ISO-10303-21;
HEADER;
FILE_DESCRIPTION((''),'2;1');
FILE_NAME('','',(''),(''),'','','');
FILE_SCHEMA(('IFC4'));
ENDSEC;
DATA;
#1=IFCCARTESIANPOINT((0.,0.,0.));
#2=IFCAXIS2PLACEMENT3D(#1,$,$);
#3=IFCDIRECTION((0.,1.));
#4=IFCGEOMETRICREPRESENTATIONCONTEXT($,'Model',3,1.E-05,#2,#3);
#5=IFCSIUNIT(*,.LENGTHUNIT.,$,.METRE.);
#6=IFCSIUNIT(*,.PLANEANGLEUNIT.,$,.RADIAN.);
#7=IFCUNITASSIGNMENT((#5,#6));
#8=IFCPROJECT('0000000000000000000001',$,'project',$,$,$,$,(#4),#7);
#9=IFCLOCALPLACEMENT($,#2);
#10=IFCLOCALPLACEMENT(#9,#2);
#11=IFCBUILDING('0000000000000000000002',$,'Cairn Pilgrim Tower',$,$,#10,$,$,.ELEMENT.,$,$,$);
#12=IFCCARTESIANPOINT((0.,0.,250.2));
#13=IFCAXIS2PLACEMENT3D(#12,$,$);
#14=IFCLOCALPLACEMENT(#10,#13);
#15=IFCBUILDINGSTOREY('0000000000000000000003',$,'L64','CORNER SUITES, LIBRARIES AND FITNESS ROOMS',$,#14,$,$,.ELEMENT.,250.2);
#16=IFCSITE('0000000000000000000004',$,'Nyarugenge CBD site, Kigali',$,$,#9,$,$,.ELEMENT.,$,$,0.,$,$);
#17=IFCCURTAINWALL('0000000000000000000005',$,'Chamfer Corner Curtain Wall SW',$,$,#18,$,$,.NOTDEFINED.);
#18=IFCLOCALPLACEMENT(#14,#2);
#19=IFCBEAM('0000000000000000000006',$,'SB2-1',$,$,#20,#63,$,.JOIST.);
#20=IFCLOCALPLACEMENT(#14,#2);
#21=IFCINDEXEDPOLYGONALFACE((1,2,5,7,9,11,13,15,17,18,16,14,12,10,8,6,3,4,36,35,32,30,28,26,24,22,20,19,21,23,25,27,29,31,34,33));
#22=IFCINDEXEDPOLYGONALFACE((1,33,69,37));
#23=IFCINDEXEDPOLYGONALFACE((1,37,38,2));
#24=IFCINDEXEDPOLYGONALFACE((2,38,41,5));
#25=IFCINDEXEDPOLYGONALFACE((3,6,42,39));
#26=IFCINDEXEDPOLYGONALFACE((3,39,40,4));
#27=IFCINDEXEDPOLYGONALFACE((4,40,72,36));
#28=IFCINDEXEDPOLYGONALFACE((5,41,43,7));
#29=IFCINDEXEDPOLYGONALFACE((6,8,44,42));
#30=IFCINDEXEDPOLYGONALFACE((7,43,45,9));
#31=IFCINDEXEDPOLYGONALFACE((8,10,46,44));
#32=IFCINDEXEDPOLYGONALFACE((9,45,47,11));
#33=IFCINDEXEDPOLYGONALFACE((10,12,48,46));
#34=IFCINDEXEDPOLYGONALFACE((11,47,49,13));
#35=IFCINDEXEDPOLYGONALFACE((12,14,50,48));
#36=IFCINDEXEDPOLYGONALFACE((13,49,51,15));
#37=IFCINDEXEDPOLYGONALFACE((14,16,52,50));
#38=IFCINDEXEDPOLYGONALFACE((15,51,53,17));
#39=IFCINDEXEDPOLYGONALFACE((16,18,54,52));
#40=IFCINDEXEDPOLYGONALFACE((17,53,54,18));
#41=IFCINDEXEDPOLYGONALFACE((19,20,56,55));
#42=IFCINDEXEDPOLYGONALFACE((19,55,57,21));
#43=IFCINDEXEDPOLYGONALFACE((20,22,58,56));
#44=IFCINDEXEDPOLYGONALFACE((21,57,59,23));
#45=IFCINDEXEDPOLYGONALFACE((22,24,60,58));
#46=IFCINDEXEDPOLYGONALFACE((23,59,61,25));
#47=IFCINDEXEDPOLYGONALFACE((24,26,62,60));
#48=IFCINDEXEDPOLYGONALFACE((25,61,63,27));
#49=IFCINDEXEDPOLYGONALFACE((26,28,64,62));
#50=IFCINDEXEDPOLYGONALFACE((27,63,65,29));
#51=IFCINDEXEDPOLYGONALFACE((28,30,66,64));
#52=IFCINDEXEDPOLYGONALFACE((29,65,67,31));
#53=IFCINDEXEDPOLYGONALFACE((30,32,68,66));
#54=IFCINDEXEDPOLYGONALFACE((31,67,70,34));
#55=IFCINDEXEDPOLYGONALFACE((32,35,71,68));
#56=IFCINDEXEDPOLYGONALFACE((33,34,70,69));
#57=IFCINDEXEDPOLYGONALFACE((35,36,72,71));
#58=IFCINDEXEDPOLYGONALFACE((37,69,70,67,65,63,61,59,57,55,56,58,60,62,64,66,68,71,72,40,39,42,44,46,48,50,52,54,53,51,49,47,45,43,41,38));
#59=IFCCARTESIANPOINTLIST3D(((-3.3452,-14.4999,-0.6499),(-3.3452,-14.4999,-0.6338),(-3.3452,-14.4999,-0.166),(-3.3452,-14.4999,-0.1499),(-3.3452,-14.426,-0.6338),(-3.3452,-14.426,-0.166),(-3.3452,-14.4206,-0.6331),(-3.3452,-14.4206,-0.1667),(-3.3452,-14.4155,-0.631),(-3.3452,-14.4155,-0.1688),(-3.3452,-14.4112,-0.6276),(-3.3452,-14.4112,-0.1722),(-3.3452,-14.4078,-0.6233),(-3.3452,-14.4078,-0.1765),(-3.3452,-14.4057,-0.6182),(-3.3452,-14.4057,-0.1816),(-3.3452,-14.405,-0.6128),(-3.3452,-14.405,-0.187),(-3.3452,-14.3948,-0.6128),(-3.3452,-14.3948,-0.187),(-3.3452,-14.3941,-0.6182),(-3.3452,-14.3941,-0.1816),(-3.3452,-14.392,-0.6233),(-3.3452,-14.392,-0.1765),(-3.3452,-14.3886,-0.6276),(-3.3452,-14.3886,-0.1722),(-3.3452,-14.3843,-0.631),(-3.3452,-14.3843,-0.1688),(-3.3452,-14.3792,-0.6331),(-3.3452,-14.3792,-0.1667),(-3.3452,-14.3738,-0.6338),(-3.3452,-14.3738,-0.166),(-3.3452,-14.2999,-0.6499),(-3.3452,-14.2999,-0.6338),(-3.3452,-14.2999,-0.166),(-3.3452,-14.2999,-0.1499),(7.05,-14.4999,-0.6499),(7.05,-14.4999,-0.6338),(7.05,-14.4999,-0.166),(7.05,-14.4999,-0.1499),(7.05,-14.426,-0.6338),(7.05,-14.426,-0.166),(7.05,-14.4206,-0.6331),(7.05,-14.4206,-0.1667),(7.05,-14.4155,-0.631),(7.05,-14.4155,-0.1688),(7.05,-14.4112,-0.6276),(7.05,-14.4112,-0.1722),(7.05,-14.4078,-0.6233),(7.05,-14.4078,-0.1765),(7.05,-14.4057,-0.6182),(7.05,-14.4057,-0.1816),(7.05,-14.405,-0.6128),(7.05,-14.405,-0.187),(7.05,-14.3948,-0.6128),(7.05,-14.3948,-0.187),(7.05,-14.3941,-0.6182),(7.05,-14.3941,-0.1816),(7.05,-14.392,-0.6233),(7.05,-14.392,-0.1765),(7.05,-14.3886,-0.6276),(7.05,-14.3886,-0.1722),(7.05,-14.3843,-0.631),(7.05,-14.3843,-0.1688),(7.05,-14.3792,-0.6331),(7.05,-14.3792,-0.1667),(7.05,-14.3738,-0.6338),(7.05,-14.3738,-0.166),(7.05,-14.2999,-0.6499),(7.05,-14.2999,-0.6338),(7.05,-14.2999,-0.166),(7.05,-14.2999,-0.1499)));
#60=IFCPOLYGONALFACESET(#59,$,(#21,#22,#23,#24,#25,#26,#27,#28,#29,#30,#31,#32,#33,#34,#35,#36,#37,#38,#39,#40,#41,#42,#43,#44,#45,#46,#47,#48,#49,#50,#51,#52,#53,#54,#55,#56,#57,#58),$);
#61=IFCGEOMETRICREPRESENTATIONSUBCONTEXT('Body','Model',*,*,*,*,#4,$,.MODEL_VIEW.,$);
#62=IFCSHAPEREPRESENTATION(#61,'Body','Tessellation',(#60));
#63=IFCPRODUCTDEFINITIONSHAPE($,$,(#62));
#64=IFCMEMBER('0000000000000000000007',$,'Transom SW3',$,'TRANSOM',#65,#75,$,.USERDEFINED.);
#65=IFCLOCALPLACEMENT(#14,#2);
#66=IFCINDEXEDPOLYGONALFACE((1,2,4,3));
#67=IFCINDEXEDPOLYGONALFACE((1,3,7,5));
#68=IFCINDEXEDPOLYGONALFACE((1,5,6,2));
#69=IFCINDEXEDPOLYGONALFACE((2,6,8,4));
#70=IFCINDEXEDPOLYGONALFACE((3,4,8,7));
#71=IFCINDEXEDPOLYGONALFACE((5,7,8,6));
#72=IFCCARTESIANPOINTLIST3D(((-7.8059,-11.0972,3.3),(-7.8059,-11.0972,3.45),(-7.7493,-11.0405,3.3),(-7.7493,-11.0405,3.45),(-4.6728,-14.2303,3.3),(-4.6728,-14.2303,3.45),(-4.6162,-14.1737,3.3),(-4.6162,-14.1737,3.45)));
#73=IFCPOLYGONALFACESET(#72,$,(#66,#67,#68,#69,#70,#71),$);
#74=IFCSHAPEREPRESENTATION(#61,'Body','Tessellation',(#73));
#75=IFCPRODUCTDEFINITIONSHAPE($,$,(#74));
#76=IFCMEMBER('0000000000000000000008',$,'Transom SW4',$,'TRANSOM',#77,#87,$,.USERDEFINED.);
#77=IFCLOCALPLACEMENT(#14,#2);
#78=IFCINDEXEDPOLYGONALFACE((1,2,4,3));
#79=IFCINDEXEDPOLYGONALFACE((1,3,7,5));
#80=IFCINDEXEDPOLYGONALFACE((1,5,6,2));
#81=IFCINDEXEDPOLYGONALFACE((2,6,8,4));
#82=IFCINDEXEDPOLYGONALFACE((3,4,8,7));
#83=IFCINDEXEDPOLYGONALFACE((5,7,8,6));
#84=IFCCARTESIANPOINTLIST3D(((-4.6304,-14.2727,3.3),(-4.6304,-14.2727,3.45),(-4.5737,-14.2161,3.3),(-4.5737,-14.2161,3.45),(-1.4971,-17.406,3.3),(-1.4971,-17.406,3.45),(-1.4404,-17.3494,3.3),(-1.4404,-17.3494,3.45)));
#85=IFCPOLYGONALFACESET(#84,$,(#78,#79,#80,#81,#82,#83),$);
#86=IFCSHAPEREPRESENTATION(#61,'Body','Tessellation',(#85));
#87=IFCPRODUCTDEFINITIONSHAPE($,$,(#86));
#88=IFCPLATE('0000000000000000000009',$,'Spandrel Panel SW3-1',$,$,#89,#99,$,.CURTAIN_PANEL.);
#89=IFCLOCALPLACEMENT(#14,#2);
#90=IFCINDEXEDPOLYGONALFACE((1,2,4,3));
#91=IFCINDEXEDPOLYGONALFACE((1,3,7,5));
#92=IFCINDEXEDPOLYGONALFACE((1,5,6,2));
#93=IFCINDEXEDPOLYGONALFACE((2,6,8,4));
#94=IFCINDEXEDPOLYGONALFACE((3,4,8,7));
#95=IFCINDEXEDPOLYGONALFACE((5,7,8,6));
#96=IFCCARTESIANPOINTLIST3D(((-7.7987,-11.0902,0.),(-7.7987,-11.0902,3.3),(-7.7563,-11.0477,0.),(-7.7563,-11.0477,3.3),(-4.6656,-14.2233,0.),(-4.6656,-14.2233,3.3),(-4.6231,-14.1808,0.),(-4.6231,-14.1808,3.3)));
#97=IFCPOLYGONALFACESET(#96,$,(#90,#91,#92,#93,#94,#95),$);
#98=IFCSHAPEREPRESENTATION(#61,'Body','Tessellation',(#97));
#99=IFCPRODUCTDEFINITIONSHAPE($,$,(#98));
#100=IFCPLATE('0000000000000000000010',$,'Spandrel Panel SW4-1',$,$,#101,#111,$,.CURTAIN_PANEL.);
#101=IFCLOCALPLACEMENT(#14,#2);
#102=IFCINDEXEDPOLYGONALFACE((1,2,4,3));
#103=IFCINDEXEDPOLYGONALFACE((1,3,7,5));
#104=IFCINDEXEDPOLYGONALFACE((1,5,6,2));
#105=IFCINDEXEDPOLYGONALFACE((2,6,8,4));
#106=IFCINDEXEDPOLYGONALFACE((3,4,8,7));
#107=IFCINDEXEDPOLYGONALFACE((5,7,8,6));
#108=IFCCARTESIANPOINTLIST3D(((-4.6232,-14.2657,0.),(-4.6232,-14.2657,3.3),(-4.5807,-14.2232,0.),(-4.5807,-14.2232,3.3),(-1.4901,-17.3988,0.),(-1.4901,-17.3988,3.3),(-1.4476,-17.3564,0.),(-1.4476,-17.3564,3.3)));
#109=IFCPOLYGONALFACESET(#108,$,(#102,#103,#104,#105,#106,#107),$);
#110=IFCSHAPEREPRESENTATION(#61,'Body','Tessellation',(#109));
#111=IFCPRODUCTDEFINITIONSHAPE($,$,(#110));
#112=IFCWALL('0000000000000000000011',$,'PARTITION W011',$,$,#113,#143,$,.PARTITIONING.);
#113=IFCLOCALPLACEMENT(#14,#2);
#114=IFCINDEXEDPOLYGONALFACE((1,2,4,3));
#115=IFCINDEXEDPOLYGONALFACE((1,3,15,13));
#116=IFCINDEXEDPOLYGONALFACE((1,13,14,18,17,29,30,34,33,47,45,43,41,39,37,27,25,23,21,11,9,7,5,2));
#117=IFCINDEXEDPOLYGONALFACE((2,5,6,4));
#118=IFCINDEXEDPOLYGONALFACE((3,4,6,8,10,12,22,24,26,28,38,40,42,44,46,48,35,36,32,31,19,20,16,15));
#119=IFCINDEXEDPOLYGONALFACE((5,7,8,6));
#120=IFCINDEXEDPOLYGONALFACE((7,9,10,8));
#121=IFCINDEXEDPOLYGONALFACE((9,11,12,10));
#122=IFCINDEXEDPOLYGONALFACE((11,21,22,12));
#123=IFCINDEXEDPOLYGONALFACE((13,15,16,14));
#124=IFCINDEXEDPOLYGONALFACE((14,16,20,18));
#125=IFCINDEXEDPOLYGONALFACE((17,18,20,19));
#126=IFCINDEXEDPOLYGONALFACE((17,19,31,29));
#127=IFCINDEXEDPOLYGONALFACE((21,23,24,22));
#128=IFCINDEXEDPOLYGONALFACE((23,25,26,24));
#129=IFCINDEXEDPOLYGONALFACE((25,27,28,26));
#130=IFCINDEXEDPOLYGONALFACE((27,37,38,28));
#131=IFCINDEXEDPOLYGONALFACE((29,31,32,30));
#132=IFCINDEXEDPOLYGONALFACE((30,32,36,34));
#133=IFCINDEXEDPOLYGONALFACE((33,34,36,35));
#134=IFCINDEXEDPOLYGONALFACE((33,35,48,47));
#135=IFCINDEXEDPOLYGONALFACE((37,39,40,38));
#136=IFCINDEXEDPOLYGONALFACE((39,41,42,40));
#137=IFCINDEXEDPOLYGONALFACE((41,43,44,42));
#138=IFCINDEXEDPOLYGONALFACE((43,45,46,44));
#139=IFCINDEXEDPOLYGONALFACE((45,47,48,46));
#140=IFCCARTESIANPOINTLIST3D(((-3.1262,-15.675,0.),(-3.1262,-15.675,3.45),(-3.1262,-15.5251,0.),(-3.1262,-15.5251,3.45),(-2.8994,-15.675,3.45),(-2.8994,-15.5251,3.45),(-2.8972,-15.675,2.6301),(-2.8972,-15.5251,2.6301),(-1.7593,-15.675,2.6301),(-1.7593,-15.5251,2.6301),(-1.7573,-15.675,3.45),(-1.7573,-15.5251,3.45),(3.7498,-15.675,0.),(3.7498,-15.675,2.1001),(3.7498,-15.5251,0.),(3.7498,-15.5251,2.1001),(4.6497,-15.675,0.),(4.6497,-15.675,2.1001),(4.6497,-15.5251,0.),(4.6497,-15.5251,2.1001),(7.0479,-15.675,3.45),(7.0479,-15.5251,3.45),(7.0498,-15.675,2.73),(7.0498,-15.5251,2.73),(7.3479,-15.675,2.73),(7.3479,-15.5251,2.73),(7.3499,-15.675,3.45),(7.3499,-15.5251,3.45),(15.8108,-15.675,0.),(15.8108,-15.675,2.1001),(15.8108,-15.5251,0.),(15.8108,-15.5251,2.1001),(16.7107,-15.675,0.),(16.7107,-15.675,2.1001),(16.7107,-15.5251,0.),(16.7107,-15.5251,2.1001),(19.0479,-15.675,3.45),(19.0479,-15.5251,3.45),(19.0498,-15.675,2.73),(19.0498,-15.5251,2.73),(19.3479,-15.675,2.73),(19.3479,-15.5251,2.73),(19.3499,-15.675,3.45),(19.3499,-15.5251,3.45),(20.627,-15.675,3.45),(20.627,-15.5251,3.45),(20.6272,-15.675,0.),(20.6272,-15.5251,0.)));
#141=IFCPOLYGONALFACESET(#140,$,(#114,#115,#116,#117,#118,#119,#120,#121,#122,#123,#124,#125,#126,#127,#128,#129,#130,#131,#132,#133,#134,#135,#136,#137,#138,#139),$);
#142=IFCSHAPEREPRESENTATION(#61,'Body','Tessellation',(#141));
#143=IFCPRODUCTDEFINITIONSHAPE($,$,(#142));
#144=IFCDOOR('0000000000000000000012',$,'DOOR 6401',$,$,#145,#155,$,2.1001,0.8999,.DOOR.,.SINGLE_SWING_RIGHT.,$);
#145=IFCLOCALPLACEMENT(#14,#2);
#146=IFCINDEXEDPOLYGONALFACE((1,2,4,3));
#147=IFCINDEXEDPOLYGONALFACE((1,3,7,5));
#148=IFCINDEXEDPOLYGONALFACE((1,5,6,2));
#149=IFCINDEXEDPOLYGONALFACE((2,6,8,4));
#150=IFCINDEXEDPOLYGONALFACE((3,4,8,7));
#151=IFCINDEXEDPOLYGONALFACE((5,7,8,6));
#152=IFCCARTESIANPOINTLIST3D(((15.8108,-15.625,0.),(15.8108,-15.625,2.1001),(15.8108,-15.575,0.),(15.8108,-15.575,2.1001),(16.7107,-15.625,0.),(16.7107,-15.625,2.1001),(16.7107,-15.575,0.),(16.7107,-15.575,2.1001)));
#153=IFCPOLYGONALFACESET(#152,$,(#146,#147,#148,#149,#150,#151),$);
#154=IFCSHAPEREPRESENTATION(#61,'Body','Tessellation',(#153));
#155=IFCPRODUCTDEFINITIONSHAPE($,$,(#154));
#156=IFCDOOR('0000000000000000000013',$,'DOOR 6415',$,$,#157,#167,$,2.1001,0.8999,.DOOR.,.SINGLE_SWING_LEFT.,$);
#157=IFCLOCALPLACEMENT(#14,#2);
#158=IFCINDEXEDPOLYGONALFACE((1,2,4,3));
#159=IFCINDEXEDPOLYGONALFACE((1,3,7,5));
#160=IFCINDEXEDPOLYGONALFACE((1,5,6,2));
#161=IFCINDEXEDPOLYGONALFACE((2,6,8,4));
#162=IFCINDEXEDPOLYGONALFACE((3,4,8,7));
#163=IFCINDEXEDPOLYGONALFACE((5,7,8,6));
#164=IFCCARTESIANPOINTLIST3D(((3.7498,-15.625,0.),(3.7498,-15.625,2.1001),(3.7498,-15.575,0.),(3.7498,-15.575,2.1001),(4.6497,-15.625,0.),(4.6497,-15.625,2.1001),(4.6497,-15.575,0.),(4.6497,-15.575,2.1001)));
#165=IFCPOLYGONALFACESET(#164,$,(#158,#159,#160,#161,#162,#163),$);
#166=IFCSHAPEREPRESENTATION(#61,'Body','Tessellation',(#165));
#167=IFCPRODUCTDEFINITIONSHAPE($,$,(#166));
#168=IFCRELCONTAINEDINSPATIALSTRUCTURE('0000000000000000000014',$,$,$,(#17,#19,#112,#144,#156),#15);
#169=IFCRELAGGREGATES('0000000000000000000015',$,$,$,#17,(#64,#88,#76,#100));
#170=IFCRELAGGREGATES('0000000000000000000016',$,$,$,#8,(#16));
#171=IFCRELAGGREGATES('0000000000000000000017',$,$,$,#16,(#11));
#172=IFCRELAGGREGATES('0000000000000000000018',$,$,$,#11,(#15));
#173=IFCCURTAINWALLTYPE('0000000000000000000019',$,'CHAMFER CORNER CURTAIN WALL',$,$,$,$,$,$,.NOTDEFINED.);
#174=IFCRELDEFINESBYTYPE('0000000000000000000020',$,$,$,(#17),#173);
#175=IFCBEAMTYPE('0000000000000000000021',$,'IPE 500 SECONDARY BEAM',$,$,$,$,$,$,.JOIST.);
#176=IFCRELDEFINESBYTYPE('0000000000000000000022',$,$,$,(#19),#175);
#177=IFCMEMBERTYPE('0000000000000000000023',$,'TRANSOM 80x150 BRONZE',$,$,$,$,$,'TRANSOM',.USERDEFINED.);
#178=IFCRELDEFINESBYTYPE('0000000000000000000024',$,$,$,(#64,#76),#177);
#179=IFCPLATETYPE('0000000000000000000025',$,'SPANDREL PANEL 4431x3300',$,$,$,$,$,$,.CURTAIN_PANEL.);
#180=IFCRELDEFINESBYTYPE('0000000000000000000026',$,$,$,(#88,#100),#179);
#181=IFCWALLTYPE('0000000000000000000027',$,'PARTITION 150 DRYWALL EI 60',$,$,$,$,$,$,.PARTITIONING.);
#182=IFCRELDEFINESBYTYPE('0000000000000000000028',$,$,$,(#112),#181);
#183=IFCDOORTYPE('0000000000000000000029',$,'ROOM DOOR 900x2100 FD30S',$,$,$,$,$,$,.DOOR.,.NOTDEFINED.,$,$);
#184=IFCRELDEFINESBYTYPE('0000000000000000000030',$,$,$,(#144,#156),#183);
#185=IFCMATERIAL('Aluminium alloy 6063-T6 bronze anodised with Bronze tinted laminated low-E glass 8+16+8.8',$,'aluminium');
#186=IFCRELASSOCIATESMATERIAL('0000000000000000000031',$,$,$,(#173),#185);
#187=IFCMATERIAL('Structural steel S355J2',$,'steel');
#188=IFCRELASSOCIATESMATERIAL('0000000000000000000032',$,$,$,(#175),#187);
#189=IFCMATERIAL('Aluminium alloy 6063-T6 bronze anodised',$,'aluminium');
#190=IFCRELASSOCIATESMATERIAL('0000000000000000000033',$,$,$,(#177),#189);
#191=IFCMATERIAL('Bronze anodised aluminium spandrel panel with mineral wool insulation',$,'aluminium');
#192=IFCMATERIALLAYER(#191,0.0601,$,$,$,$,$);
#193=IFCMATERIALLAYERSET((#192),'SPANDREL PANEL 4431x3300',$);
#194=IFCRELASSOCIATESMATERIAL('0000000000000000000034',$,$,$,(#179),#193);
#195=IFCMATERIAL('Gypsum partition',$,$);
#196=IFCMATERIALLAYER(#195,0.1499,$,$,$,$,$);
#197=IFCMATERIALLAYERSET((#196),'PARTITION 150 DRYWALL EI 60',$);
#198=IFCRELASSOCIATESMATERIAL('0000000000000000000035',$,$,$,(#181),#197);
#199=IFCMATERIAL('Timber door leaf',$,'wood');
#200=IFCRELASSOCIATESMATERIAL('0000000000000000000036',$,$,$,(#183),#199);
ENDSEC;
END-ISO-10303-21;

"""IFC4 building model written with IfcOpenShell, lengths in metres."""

from ifc_helpers import new_model, si_unit, direction, frame, frame_2d, origin, origin_2d, place, context, subcontext, project, spatial, polyline, rectangle, i_section, outline, extrude, material, layer, layer_set, material_profile, profile_set, type_object, element, fill, aggregate, save


model = new_model("IFC4")

# Units and contexts
model_context = context("Model", 3, precision=1e-05, world=origin(), true_north=direction((0.0, 1.0)))
body_context = subcontext(model_context, "Body", "Model", "MODEL_VIEW")
ifc_project = project(units=[si_unit("LENGTHUNIT", "METRE"), si_unit("PLANEANGLEUNIT", "RADIAN")], contexts=[model_context])

# Site, building, storey
site_placement = place(None, origin())
site = spatial("IfcSite", under=ifc_project, at=site_placement, Name="Nyarugenge CBD site, Kigali", CompositionType="ELEMENT", RefElevation=0.0)
building_placement = place(site_placement, origin())
building = spatial("IfcBuilding", under=site, at=building_placement, Name="Cairn Pilgrim Tower", CompositionType="ELEMENT")
storey_placement = place(building_placement, frame((0.0, 0.0, 250.2)))
storey = spatial("IfcBuildingStorey", under=building, at=storey_placement, Name="L64", Description="CORNER SUITES, LIBRARIES AND FITNESS ROOMS", CompositionType="ELEMENT", Elevation=250.2)

# Shared definitions
ifc_material_1 = material(Name="Structural steel S355J2", Category="steel")

# Curtain wall
ifc_material_2 = material(Name="Aluminium alloy 6063-T6 bronze anodised with Bronze tinted laminated low-E glass 8+16+8.8", Category="aluminium")
curtain_wall_type = type_object("IfcCurtainWallType", Name="CHAMFER CORNER CURTAIN WALL", PredefinedType="NOTDEFINED", material=ifc_material_2)
curtain_wall_placement = place(storey_placement, origin())
curtain_wall = element("IfcCurtainWall", 1, at=curtain_wall_placement, inside=storey, type_object=curtain_wall_type, Name="Chamfer Corner Curtain Wall SW", PredefinedType="NOTDEFINED")
ifc_material_3 = material(Name="Aluminium alloy 6063-T6 bronze anodised", Category="aluminium")

# Beam
ifc_material_profile_1 = material_profile(ifc_material_1, i_section(OverallWidth=0.2, OverallDepth=0.5, WebThickness=0.0103, FlangeThickness=0.0161, FilletRadius=0.021, at=origin_2d()), Name="IPE 500")
ifc_profile_set_1 = profile_set([ifc_material_profile_1], Name="Structural steel S355J2")
beam_type_1 = type_object("IfcBeamType", Name="IPE 500 SECONDARY BEAM", PredefinedType="JOIST", material=ifc_profile_set_1)
beam_1_placement = place(storey_placement, frame((-3.3452, -14.3999, -0.3999), z_axis=(1.0, 0.0, 0.0), x_axis=(0.0, 1.0, 0.0)))
element("IfcBeam", 2, at=beam_1_placement, inside=storey, type_object=beam_type_1, Name="SB2-1", PredefinedType="JOIST", context=body_context, shape_type="SweptSolid", body=[
    extrude(i_section(OverallWidth=0.2, OverallDepth=0.5, WebThickness=0.0103, FlangeThickness=0.0161, FilletRadius=0.021, at=origin_2d()), origin(), (0.0, 0.0, 1.0), 10.3953),
])

# Members
ifc_material_profile_2 = material_profile(ifc_material_3, rectangle(XDim=0.0801, YDim=0.1499, at=origin_2d()), Name="TRANSOM 80x150 BRONZE")
ifc_profile_set_2 = profile_set([ifc_material_profile_2], Name="Aluminium alloy 6063-T6 bronze anodised")
member_type_1 = type_object("IfcMemberType", Name="TRANSOM 80x150 BRONZE", ElementType="TRANSOM", PredefinedType="USERDEFINED", material=ifc_profile_set_2)
member_1_placement = place(storey_placement, frame((-7.7776, -11.0688, 3.375), z_axis=(0.707107, -0.707107, 0.0), x_axis=(0.707107, 0.707107, 0.0)))
member_1 = element("IfcMember", 3, at=member_1_placement, type_object=member_type_1, Name="Transom SW3", ObjectType="TRANSOM", PredefinedType="USERDEFINED", context=body_context, shape_type="SweptSolid", body=[
    extrude(rectangle(XDim=0.0801, YDim=0.1499, at=origin_2d()), origin(), (0.0, 0.0, 1.0), 4.4309),
])
member_2_placement = place(storey_placement, frame((-4.6021, -14.2444, 3.375), z_axis=(0.707107, -0.707107, 0.0), x_axis=(0.707107, 0.707107, 0.0)))
member_2 = element("IfcMember", 4, at=member_2_placement, type_object=member_type_1, Name="Transom SW4", ObjectType="TRANSOM", PredefinedType="USERDEFINED", context=body_context, shape_type="SweptSolid", body=[
    extrude(rectangle(XDim=0.0801, YDim=0.1499, at=origin_2d()), origin(), (0.0, 0.0, 1.0), 4.4312),
])

# Plates
ifc_material_4 = material(Name="Bronze anodised aluminium spandrel panel with mineral wool insulation", Category="aluminium")
ifc_layer_1 = layer(ifc_material_4, 0.0601)
ifc_layer_set_1 = layer_set([ifc_layer_1], Name="SPANDREL PANEL 4431x3300")
plate_type = type_object("IfcPlateType", Name="SPANDREL PANEL 4431x3300", PredefinedType="CURTAIN_PANEL", material=ifc_layer_set_1)
plate_1_placement = place(storey_placement, frame((-6.2109, -12.6355, 0.0), z_axis=(0.0, 0.0, 1.0), x_axis=(0.707107, -0.707107, 0.0)))
plate_1 = element("IfcPlate", 5, at=plate_1_placement, type_object=plate_type, Name="Spandrel Panel SW3-1", PredefinedType="CURTAIN_PANEL", context=body_context, shape_type="SweptSolid", body=[
    extrude(rectangle(XDim=4.4309, YDim=0.0601, at=origin_2d()), origin(), (0.0, 0.0, 1.0), 3.3),
])
plate_2_placement = place(storey_placement, frame((-3.0354, -15.811, 0.0), z_axis=(0.0, 0.0, 1.0), x_axis=(0.707107, -0.707107, 0.0)))
plate_2 = element("IfcPlate", 6, at=plate_2_placement, type_object=plate_type, Name="Spandrel Panel SW4-1", PredefinedType="CURTAIN_PANEL", context=body_context, shape_type="SweptSolid", body=[
    extrude(rectangle(XDim=4.4309, YDim=0.0601, at=origin_2d()), origin(), (0.0, 0.0, 1.0), 3.3),
])
aggregate(curtain_wall, [member_1, plate_1, member_2, plate_2])

# Wall, openings, doors
ifc_material_5 = material(Name="Gypsum partition")
ifc_layer_2 = layer(ifc_material_5, 0.1499)
ifc_layer_set_2 = layer_set([ifc_layer_2], Name="PARTITION 150 DRYWALL EI 60")
wall_type_1 = type_object("IfcWallType", Name="PARTITION 150 DRYWALL EI 60", PredefinedType="PARTITIONING", material=ifc_layer_set_2)
wall_1_placement = place(storey_placement, frame((-3.1262, -15.6001, 0.0), z_axis=(0.0, 0.0, 1.0), x_axis=(1.0, 0.0, 0.0)))
wall_1 = element("IfcWall", 7, at=wall_1_placement, inside=storey, type_object=wall_type_1, Name="PARTITION W011", PredefinedType="PARTITIONING", context=body_context, shape_type="SweptSolid", body=[
    extrude(outline(polyline([(0.0, 0.0), (23.7534, 0.0), (23.7532, 3.45), (22.4761, 3.45), (22.4741, 2.73), (22.176, 2.73), (22.1741, 3.45), (10.4761, 3.45), (10.4741, 2.73), (10.176, 2.73), (10.1741, 3.45), (1.3689, 3.45), (1.3669, 2.6301), (0.229, 2.6301), (0.2268, 3.45), (0.0, 3.45), (0.0, 0.0)])), frame((0.0, 0.075, 0.0), z_axis=(0.0, -1.0, 0.0), x_axis=(1.0, 0.0, 0.0)), (0.0, 0.0, 1.0), 0.1499),
])
opening_1_placement = place(wall_1_placement, frame((18.937, 0.0, 0.0)))
opening_1 = element("IfcOpeningElement", 8, at=opening_1_placement, cuts=wall_1, PredefinedType="OPENING", context=body_context, shape_type="SweptSolid", body=[
    extrude(rectangle(XDim=0.8999, YDim=2.1001, at=frame_2d((0.45, 1.05))), frame((0.0, 0.085, 0.0), z_axis=(0.0, -1.0, 0.0), x_axis=(1.0, 0.0, 0.0)), (0.0, 0.0, 1.0), 0.1699),
])
opening_2_placement = place(wall_1_placement, frame((6.876, 0.0, 0.0)))
opening_2 = element("IfcOpeningElement", 9, at=opening_2_placement, cuts=wall_1, PredefinedType="OPENING", context=body_context, shape_type="SweptSolid", body=[
    extrude(rectangle(XDim=0.8999, YDim=2.1001, at=frame_2d((0.45, 1.05))), frame((0.0, 0.085, 0.0), z_axis=(0.0, -1.0, 0.0), x_axis=(1.0, 0.0, 0.0)), (0.0, 0.0, 1.0), 0.1699),
])
ifc_material_6 = material(Name="Timber door leaf", Category="wood")
door_type_1 = type_object("IfcDoorType", Name="ROOM DOOR 900x2100 FD30S", OperationType="NOTDEFINED", PredefinedType="DOOR", material=ifc_material_6)
door_1_placement = place(opening_1_placement, frame((0.8999, 0.0, 0.0), z_axis=(0.0, 0.0, 1.0), x_axis=(-1.0, 0.0, 0.0)))
door_1 = element("IfcDoor", 10, at=door_1_placement, inside=storey, type_object=door_type_1, Name="DOOR 6401", OperationType="SINGLE_SWING_RIGHT", OverallHeight=2.1001, OverallWidth=0.8999, PredefinedType="DOOR", context=body_context, shape_type="SweptSolid", body=[
    extrude(rectangle(XDim=0.8999, YDim=2.1001, at=frame_2d((0.45, 1.05))), frame((0.0, 0.0249, 0.0), z_axis=(0.0, -1.0, 0.0), x_axis=(1.0, 0.0, 0.0)), (0.0, 0.0, 1.0), 0.05),
])
fill(opening_1, door_1)
door_2_placement = place(opening_2_placement, frame((0.8999, 0.0, 0.0), z_axis=(0.0, 0.0, 1.0), x_axis=(-1.0, 0.0, 0.0)))
door_2 = element("IfcDoor", 11, at=door_2_placement, inside=storey, type_object=door_type_1, Name="DOOR 6415", OperationType="SINGLE_SWING_LEFT", OverallHeight=2.1001, OverallWidth=0.8999, PredefinedType="DOOR", context=body_context, shape_type="SweptSolid", body=[
    extrude(rectangle(XDim=0.8999, YDim=2.1001, at=frame_2d((0.45, 1.05))), frame((0.0, 0.0249, 0.0), z_axis=(0.0, -1.0, 0.0), x_axis=(1.0, 0.0, 0.0)), (0.0, 0.0, 1.0), 0.05),
])
fill(opening_2, door_2)

save(model, "model.ifc")
